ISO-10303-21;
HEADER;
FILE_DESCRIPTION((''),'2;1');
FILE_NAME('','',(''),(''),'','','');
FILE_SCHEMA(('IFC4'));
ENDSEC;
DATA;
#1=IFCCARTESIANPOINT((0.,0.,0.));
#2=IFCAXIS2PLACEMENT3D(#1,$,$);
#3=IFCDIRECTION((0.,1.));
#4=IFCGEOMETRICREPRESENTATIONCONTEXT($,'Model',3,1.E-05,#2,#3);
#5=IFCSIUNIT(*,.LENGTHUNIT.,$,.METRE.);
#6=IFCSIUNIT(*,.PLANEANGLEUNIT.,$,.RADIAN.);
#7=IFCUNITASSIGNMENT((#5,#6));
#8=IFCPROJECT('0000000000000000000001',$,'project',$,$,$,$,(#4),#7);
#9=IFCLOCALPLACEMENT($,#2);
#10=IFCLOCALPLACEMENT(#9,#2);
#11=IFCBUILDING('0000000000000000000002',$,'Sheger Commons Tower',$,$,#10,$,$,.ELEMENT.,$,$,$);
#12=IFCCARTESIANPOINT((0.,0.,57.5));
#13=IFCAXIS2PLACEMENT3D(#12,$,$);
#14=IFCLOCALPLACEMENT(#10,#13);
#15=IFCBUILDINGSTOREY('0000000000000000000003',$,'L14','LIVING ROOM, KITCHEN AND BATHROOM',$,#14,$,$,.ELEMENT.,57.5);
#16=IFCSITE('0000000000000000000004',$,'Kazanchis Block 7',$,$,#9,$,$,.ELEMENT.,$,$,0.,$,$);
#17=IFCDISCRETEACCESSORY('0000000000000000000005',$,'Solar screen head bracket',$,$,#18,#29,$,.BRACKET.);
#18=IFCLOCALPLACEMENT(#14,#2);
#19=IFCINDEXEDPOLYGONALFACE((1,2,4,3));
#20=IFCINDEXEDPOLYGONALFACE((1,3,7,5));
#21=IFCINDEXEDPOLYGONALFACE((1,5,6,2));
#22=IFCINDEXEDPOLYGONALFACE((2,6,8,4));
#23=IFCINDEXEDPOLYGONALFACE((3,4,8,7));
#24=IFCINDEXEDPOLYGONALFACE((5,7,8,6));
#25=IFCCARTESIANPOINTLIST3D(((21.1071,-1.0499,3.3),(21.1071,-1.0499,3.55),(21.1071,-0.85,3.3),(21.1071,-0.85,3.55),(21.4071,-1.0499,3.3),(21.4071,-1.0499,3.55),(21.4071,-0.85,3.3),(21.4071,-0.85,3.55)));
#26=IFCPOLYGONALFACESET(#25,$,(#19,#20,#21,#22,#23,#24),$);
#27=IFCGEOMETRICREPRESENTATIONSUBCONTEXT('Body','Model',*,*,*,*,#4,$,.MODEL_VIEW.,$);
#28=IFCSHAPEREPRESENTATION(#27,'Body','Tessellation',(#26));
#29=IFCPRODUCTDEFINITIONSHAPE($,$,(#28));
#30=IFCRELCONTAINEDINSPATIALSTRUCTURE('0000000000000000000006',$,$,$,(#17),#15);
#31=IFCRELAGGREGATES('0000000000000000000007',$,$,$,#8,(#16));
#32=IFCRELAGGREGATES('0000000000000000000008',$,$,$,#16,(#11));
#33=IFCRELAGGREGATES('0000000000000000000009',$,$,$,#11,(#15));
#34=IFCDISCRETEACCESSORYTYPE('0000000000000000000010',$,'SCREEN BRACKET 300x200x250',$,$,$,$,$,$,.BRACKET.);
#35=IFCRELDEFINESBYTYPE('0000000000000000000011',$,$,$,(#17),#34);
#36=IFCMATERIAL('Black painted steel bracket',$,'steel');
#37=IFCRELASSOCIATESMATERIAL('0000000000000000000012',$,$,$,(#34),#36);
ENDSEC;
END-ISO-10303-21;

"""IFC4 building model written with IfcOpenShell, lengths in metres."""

from ifc_helpers import new_model, si_unit, direction, frame, origin, origin_2d, place, context, subcontext, project, spatial, rectangle, extrude, material, type_object, element, save


model = new_model("IFC4")

# Units and contexts
model_context = context("Model", 3, precision=1e-05, world=origin(), true_north=direction((0.0, 1.0)))
body_context = subcontext(model_context, "Body", "Model", "MODEL_VIEW")
ifc_project = project(units=[si_unit("LENGTHUNIT", "METRE"), si_unit("PLANEANGLEUNIT", "RADIAN")], contexts=[model_context])

# Site, building, storey
site_placement = place(None, origin())
site = spatial("IfcSite", under=ifc_project, at=site_placement, Name="Kazanchis Block 7", CompositionType="ELEMENT", RefElevation=0.0)
building_placement = place(site_placement, origin())
building = spatial("IfcBuilding", under=site, at=building_placement, Name="Sheger Commons Tower", CompositionType="ELEMENT")
storey_placement = place(building_placement, frame((0.0, 0.0, 57.5)))
storey = spatial("IfcBuildingStorey", under=building, at=storey_placement, Name="L14", Description="LIVING ROOM, KITCHEN AND BATHROOM", CompositionType="ELEMENT", Elevation=57.5)

# Discrete accessory
ifc_material_1 = material(Name="Black painted steel bracket", Category="steel")
discrete_accessory_type = type_object("IfcDiscreteAccessoryType", Name="SCREEN BRACKET 300x200x250", PredefinedType="BRACKET", material=ifc_material_1)
for number, where, z_axis, x_axis, name in (
    (1, (21.2571, -0.95, 3.3), (0.0, 0.0, 1.0), (1.0, 0.0, 0.0), "Solar screen head bracket"),
):
    element("IfcDiscreteAccessory", number, at=place(storey_placement, frame(where, z_axis=z_axis, x_axis=x_axis)), inside=storey, type_object=discrete_accessory_type, Name=name, PredefinedType="BRACKET", context=body_context, shape_type="SweptSolid", body=[
        extrude(rectangle(XDim=0.3, YDim=0.2, at=origin_2d()), origin(), (0.0, 0.0, 1.0), 0.25),
    ])

save(model, "model.ifc")
